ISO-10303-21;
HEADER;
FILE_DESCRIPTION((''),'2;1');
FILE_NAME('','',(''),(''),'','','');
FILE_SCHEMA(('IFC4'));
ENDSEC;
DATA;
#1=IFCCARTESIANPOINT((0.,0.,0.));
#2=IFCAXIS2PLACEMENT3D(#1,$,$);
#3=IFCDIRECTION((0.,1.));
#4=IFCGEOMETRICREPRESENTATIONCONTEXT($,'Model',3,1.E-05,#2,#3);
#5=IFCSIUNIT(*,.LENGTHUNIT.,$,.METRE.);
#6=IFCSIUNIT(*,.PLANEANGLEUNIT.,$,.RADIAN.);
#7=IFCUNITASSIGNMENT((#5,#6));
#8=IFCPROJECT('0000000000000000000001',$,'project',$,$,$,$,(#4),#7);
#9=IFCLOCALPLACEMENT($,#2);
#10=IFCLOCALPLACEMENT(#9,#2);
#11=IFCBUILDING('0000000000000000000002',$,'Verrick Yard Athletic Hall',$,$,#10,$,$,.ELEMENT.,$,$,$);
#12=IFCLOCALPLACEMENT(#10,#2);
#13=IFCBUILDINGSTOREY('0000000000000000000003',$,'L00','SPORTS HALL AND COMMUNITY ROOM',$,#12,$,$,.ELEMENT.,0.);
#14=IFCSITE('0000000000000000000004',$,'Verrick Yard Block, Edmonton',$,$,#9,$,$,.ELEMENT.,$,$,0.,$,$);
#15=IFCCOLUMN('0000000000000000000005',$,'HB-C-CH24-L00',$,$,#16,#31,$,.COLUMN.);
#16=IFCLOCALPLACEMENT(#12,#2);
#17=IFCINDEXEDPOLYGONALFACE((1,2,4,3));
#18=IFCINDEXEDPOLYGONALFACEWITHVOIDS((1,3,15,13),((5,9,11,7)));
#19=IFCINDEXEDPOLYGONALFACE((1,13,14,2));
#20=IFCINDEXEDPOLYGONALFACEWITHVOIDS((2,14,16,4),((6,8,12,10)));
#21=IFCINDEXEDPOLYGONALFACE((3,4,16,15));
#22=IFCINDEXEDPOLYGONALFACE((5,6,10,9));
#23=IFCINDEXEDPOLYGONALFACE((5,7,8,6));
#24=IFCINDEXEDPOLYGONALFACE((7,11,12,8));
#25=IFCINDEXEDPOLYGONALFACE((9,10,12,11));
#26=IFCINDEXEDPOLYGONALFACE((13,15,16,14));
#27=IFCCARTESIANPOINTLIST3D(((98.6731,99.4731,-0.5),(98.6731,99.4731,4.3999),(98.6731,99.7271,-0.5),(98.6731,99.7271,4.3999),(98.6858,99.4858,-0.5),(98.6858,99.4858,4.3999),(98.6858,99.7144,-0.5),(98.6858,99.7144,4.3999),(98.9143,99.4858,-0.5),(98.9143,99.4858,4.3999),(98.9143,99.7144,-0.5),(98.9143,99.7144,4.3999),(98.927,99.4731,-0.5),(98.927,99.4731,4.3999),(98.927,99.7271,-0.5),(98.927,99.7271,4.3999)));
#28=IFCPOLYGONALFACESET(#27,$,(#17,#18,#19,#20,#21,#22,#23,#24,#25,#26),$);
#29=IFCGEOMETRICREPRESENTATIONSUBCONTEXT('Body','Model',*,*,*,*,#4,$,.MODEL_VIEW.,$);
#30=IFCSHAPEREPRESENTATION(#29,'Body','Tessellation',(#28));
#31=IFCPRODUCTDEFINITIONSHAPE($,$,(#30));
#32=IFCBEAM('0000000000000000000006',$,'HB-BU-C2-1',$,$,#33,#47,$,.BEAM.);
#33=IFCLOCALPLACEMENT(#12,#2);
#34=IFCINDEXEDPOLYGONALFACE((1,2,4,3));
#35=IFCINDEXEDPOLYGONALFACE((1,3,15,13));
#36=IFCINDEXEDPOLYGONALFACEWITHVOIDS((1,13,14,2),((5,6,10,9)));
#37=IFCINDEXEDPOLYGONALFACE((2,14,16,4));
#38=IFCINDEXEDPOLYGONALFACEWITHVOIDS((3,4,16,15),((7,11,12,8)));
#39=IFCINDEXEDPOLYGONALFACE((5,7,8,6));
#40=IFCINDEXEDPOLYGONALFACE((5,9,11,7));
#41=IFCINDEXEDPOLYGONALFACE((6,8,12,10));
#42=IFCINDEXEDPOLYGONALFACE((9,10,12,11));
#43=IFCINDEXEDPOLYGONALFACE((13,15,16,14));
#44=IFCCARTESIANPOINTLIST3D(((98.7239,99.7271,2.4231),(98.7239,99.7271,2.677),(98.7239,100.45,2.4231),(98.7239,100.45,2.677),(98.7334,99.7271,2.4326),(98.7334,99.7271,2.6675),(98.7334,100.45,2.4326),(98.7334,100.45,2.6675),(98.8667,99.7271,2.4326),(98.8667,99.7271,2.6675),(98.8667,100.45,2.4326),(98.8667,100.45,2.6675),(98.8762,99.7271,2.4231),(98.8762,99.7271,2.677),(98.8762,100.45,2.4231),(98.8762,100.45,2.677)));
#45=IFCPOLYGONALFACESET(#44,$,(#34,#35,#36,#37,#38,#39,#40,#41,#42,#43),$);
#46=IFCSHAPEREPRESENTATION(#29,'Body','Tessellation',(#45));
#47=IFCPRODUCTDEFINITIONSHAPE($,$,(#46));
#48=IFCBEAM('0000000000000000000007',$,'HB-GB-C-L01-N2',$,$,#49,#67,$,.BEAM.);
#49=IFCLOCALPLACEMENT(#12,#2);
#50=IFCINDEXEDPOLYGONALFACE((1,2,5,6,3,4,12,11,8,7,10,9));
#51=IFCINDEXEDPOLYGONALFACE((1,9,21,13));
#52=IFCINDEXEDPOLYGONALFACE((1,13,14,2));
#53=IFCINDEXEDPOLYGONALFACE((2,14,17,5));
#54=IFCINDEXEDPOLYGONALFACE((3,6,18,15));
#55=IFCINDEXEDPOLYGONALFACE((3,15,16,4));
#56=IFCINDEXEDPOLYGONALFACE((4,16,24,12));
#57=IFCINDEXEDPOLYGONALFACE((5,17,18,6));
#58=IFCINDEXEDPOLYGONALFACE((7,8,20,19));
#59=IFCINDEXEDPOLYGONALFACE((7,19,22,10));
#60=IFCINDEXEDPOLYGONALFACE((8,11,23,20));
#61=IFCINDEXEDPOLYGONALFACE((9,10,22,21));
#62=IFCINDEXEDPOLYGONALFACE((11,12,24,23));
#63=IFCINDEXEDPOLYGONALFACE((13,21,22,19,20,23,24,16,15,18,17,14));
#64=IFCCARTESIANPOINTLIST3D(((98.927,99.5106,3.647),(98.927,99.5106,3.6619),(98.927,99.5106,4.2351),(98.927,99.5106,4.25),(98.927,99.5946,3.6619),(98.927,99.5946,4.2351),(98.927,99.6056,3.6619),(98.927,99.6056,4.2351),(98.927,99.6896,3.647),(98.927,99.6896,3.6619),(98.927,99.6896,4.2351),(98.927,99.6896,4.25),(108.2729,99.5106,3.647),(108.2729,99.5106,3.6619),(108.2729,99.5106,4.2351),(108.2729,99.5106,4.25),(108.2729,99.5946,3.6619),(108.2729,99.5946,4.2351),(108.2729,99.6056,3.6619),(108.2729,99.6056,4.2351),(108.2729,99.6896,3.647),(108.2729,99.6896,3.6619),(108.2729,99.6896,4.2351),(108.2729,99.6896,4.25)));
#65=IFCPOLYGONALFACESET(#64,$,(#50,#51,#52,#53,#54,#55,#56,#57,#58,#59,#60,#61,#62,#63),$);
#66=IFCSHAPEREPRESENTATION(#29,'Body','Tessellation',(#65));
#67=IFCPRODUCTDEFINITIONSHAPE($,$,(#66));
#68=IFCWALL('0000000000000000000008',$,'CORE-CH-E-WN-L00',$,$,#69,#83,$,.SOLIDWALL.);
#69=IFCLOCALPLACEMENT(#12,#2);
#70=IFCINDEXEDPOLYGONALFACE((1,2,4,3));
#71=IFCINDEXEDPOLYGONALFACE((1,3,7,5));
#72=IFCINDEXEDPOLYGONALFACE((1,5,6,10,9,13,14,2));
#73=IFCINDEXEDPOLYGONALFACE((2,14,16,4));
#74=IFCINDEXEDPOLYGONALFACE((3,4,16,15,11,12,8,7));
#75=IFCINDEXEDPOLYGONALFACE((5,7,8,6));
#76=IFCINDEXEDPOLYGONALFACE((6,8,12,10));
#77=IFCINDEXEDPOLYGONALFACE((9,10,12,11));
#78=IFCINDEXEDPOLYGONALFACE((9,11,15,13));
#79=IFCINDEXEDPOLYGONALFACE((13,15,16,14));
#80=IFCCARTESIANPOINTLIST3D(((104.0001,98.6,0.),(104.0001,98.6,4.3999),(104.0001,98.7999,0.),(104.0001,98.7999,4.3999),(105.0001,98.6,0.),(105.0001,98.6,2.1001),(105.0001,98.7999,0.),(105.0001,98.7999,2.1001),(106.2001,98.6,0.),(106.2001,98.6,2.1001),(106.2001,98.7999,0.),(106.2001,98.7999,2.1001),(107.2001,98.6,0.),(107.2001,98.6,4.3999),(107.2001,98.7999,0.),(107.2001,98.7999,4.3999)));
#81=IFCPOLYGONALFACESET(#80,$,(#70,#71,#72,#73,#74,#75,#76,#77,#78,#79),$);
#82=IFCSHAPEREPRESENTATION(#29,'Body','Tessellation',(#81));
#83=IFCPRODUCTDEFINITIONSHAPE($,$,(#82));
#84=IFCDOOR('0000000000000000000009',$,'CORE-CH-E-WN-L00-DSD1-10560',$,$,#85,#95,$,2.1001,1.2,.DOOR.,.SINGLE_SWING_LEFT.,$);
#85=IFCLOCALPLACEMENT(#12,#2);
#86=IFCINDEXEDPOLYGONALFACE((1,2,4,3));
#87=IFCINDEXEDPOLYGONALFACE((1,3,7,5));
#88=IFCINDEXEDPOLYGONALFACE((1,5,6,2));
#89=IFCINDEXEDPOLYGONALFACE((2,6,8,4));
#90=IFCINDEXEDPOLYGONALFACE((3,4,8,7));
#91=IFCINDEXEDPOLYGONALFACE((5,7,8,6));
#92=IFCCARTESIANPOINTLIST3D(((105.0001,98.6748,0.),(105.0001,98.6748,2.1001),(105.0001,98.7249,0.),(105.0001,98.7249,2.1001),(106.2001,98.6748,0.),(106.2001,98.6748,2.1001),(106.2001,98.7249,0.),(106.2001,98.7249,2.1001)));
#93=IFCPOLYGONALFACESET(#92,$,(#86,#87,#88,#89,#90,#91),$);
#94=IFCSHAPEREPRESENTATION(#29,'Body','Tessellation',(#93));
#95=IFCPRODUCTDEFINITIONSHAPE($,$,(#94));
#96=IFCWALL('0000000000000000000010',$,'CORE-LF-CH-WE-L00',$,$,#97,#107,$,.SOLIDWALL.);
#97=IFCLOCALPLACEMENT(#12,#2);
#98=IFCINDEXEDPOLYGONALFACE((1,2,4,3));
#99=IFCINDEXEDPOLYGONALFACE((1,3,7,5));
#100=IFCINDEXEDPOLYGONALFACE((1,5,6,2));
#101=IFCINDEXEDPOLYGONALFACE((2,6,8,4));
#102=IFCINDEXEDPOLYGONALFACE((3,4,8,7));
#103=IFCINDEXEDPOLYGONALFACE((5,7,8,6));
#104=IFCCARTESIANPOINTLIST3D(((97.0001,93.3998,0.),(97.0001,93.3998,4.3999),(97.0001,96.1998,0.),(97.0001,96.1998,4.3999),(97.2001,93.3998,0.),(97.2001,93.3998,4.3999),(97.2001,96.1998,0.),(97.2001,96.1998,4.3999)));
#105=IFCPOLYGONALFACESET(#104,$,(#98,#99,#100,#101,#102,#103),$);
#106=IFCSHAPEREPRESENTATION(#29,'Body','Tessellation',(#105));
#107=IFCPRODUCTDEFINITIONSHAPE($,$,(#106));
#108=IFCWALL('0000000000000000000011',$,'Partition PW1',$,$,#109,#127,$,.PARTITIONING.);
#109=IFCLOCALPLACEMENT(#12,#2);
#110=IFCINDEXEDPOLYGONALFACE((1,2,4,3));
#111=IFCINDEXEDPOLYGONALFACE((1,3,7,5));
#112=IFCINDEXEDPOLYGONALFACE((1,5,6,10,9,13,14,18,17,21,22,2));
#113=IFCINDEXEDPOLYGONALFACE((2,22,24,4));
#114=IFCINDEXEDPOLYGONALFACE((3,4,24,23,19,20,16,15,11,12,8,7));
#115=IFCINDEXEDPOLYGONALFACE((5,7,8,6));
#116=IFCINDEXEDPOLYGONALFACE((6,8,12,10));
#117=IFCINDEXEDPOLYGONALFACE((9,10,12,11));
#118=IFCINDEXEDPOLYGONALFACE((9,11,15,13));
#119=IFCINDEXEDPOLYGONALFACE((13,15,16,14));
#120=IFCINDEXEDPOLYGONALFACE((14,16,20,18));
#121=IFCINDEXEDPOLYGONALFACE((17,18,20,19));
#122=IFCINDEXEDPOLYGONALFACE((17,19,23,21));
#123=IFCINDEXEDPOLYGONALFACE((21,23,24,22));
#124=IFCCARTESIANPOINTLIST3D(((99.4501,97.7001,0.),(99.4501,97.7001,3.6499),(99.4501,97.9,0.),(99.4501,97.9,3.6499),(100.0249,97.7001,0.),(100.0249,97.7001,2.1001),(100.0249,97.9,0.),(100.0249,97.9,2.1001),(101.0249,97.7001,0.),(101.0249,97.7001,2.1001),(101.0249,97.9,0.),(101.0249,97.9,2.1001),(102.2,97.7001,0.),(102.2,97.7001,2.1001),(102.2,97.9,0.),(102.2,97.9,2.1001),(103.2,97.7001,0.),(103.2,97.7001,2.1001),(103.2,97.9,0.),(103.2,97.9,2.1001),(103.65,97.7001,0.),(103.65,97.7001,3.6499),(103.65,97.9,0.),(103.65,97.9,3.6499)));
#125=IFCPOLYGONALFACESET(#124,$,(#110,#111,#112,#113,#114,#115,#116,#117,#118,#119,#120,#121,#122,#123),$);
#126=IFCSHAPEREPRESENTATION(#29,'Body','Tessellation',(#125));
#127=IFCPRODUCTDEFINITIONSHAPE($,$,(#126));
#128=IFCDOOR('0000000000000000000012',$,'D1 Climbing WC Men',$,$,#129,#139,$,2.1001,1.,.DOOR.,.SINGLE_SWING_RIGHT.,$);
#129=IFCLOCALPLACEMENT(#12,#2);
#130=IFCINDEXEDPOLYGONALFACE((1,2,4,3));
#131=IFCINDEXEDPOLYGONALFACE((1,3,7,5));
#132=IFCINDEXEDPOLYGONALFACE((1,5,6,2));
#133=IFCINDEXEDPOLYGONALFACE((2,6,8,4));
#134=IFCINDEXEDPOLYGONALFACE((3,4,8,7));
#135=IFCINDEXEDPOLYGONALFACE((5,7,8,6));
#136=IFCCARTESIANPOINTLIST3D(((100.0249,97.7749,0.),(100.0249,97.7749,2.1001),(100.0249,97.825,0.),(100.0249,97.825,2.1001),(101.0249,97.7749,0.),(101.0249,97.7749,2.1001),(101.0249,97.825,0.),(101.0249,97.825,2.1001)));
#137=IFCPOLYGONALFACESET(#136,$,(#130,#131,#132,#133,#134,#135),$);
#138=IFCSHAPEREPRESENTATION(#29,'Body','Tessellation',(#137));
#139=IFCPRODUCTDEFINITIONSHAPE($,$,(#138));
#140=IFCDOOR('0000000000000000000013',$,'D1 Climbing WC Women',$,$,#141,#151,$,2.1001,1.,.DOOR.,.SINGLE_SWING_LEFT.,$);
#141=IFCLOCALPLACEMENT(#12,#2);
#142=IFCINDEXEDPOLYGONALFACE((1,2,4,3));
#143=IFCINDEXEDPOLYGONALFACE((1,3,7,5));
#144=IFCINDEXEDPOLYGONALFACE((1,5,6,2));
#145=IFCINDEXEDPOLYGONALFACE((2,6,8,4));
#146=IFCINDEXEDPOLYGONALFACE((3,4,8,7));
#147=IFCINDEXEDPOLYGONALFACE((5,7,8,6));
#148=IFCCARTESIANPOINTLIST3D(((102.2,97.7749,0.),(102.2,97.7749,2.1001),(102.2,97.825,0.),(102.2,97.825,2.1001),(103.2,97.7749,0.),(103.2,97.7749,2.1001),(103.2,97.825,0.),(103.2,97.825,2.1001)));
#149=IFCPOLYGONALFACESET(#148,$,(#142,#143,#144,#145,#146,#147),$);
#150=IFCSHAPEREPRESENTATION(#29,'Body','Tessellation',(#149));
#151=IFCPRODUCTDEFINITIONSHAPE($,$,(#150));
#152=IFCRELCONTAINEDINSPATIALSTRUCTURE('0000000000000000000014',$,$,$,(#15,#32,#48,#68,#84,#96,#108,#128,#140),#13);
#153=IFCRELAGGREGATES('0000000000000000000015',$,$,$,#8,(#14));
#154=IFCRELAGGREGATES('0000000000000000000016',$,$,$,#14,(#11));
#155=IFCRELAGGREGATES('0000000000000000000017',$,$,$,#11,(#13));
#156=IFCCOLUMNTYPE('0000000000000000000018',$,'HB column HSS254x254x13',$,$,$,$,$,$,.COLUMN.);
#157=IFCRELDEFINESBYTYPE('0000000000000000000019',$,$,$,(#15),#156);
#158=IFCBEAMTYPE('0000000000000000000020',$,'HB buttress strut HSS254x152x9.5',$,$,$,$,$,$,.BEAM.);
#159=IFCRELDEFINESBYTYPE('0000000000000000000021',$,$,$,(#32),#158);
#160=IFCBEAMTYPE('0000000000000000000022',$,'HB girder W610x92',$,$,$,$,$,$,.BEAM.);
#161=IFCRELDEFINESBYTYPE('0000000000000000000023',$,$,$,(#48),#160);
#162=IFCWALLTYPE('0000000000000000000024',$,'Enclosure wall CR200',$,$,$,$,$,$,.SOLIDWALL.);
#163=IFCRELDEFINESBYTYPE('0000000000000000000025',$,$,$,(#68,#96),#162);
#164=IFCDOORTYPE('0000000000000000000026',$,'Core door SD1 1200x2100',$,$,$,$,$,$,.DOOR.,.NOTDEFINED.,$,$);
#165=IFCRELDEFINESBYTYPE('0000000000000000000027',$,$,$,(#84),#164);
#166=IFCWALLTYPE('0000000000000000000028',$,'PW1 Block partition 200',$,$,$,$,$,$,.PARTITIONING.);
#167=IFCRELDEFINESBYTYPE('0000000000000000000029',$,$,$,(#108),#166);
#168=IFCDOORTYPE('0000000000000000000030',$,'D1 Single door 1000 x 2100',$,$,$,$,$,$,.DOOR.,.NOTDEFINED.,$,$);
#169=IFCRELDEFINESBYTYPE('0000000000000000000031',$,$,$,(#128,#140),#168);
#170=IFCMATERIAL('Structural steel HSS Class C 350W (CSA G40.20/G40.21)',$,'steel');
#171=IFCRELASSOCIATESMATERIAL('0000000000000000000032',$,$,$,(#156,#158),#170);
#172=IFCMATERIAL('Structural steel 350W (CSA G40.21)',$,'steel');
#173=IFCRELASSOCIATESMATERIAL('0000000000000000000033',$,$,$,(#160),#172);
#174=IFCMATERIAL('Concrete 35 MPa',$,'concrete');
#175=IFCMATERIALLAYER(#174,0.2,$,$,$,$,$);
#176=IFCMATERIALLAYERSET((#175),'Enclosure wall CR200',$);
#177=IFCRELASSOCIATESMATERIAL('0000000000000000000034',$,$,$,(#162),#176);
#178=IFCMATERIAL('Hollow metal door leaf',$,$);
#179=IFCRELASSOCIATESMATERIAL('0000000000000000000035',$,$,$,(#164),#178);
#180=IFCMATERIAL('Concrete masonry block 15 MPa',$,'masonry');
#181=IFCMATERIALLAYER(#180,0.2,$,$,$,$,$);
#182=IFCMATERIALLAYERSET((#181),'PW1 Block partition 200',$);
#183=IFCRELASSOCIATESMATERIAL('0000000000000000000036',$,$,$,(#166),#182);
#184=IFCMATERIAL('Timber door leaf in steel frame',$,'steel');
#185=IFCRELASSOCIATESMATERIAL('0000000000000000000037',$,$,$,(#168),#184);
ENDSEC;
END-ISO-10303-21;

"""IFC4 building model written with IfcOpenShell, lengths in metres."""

from ifc_helpers import new_model, si_unit, direction, frame, frame_2d, origin, origin_2d, place, context, subcontext, project, spatial, rectangle, hollow_rectangle, i_section, extrude, material, layer, layer_set, material_profile, profile_set, type_object, element, fill, save


model = new_model("IFC4")

# Units and contexts
model_context = context("Model", 3, precision=1e-05, world=origin(), true_north=direction((0.0, 1.0)))
body_context = subcontext(model_context, "Body", "Model", "MODEL_VIEW")
ifc_project = project(units=[si_unit("LENGTHUNIT", "METRE"), si_unit("PLANEANGLEUNIT", "RADIAN")], contexts=[model_context])

# Site, building, storey
site_placement = place(None, origin())
site = spatial("IfcSite", under=ifc_project, at=site_placement, Name="Verrick Yard Block, Edmonton", CompositionType="ELEMENT", RefElevation=0.0)
building_placement = place(site_placement, origin())
building = spatial("IfcBuilding", under=site, at=building_placement, Name="Verrick Yard Athletic Hall", CompositionType="ELEMENT")
storey_placement = place(building_placement, origin())
storey = spatial("IfcBuildingStorey", under=building, at=storey_placement, Name="L00", Description="SPORTS HALL AND COMMUNITY ROOM", CompositionType="ELEMENT", Elevation=0.0)

# Shared definitions
ifc_material_1 = material(Name="Concrete 35 MPa", Category="concrete")

# Column
ifc_material_2 = material(Name="Structural steel HSS Class C 350W (CSA G40.20/G40.21)", Category="steel")
ifc_material_profile_1 = material_profile(ifc_material_2, hollow_rectangle(XDim=0.2539, YDim=0.2539, WallThickness=0.0127, at=origin_2d()), Name="HSS254x254x13")
ifc_profile_set_1 = profile_set([ifc_material_profile_1], Name="Structural steel HSS Class C 350W (CSA G40.20/G40.21)")
column_type = type_object("IfcColumnType", Name="HB column HSS254x254x13", PredefinedType="COLUMN", material=ifc_profile_set_1)
column_placement = place(storey_placement, frame((98.8, 99.6001, -0.5), z_axis=(0.0, 0.0, 1.0), x_axis=(1.0, 0.0, 0.0)))
element("IfcColumn", 1, at=column_placement, inside=storey, type_object=column_type, Name="HB-C-CH24-L00", PredefinedType="COLUMN", context=body_context, shape_type="SweptSolid", body=[
    extrude(hollow_rectangle(XDim=0.2539, YDim=0.2539, WallThickness=0.0127, at=origin_2d()), origin(), (0.0, 0.0, 1.0), 4.8999),
])

# Beams
ifc_material_profile_2 = material_profile(ifc_material_2, hollow_rectangle(XDim=0.1523, YDim=0.2539, WallThickness=0.0095, at=origin_2d()), Name="HSS254x152x9.5")
ifc_profile_set_2 = profile_set([ifc_material_profile_2], Name="Structural steel HSS Class C 350W (CSA G40.20/G40.21)")
beam_type_1 = type_object("IfcBeamType", Name="HB buttress strut HSS254x152x9.5", PredefinedType="BEAM", material=ifc_profile_set_2)
beam_1_placement = place(storey_placement, frame((98.8, 99.7271, 2.55), z_axis=(0.0, 1.0, 0.0), x_axis=(-1.0, 0.0, 0.0)))
element("IfcBeam", 2, at=beam_1_placement, inside=storey, type_object=beam_type_1, Name="HB-BU-C2-1", PredefinedType="BEAM", context=body_context, shape_type="SweptSolid", body=[
    extrude(hollow_rectangle(XDim=0.1523, YDim=0.2539, WallThickness=0.0095, at=origin_2d()), origin(), (0.0, 0.0, 1.0), 0.7229),
])
ifc_material_3 = material(Name="Structural steel 350W (CSA G40.21)", Category="steel")
ifc_material_profile_3 = material_profile(ifc_material_3, i_section(OverallWidth=0.179, OverallDepth=0.603, WebThickness=0.011, FlangeThickness=0.0149, at=origin_2d()), Name="W610x92")
ifc_profile_set_3 = profile_set([ifc_material_profile_3], Name="Structural steel 350W (CSA G40.21)")
beam_type_2 = type_object("IfcBeamType", Name="HB girder W610x92", PredefinedType="BEAM", material=ifc_profile_set_3)
beam_2_placement = place(storey_placement, frame((98.927, 99.6001, 3.9485), z_axis=(1.0, 0.0, 0.0), x_axis=(0.0, 1.0, 0.0)))
element("IfcBeam", 3, at=beam_2_placement, inside=storey, type_object=beam_type_2, Name="HB-GB-C-L01-N2", PredefinedType="BEAM", context=body_context, shape_type="SweptSolid", body=[
    extrude(i_section(OverallWidth=0.179, OverallDepth=0.603, WebThickness=0.011, FlangeThickness=0.0149, at=origin_2d()), origin(), (0.0, 0.0, 1.0), 9.3459),
])

# Wall, opening, door
ifc_layer_1 = layer(ifc_material_1, 0.2)
ifc_layer_set_1 = layer_set([ifc_layer_1], Name="Enclosure wall CR200")
wall_type_1 = type_object("IfcWallType", Name="Enclosure wall CR200", PredefinedType="SOLIDWALL", material=ifc_layer_set_1)
wall_1_placement = place(storey_placement, frame((104.0, 98.7, 0.0), z_axis=(0.0, 0.0, 1.0), x_axis=(1.0, 0.0, 0.0)))
wall_1 = element("IfcWall", 4, at=wall_1_placement, inside=storey, type_object=wall_type_1, Name="CORE-CH-E-WN-L00", PredefinedType="SOLIDWALL", context=body_context, shape_type="SweptSolid", body=[
    extrude(rectangle(XDim=3.2, YDim=0.2, at=frame_2d((1.6001, 0.0))), origin(), (0.0, 0.0, 1.0), 4.3999),
])
opening_1_placement = place(wall_1_placement, frame((1.0, 0.0, 0.0)))
opening_1 = element("IfcOpeningElement", 5, at=opening_1_placement, cuts=wall_1, PredefinedType="OPENING", context=body_context, shape_type="SweptSolid", body=[
    extrude(rectangle(XDim=1.2, YDim=2.1001, at=frame_2d((0.6001, 1.05))), frame((0.0, 0.1099, 0.0), z_axis=(0.0, -1.0, 0.0), x_axis=(1.0, 0.0, 0.0)), (0.0, 0.0, 1.0), 0.22),
])
ifc_material_4 = material(Name="Hollow metal door leaf")
door_type_1 = type_object("IfcDoorType", Name="Core door SD1 1200x2100", OperationType="NOTDEFINED", PredefinedType="DOOR", material=ifc_material_4)
door_1_placement = place(opening_1_placement, origin())
door_1 = element("IfcDoor", 6, at=door_1_placement, inside=storey, type_object=door_type_1, Name="CORE-CH-E-WN-L00-DSD1-10560", OperationType="SINGLE_SWING_LEFT", OverallHeight=2.1001, OverallWidth=1.2, PredefinedType="DOOR", context=body_context, shape_type="SweptSolid", body=[
    extrude(rectangle(XDim=1.2, YDim=2.1001, at=frame_2d((0.6001, 1.05))), frame((0.0, 0.0249, 0.0), z_axis=(0.0, -1.0, 0.0), x_axis=(1.0, 0.0, 0.0)), (0.0, 0.0, 1.0), 0.05),
])
fill(opening_1, door_1)

# Wall
wall_2_placement = place(storey_placement, frame((97.1001, 93.3999, 0.0), z_axis=(0.0, 0.0, 1.0), x_axis=(0.0, 1.0, 0.0)))
element("IfcWall", 7, at=wall_2_placement, inside=storey, type_object=wall_type_1, Name="CORE-LF-CH-WE-L00", PredefinedType="SOLIDWALL", context=body_context, shape_type="SweptSolid", body=[
    extrude(rectangle(XDim=2.8, YDim=0.2, at=frame_2d((1.3999, 0.0))), origin(), (0.0, 0.0, 1.0), 4.3999),
])

# Wall, openings, doors
ifc_material_5 = material(Name="Concrete masonry block 15 MPa", Category="masonry")
ifc_layer_2 = layer(ifc_material_5, 0.2)
ifc_layer_set_2 = layer_set([ifc_layer_2], Name="PW1 Block partition 200")
wall_type_2 = type_object("IfcWallType", Name="PW1 Block partition 200", PredefinedType="PARTITIONING", material=ifc_layer_set_2)
wall_3_placement = place(storey_placement, frame((99.45, 97.8, 0.0), z_axis=(0.0, 0.0, 1.0), x_axis=(1.0, 0.0, 0.0)))
wall_3 = element("IfcWall", 8, at=wall_3_placement, inside=storey, type_object=wall_type_2, Name="Partition PW1", PredefinedType="PARTITIONING", context=body_context, shape_type="SweptSolid", body=[
    extrude(rectangle(XDim=4.2, YDim=0.2, at=frame_2d((2.1001, 0.0))), origin(), (0.0, 0.0, 1.0), 3.6499),
])
opening_2_placement = place(wall_3_placement, frame((0.575, 0.0, 0.0)))
opening_2 = element("IfcOpeningElement", 9, at=opening_2_placement, cuts=wall_3, PredefinedType="OPENING", context=body_context, shape_type="SweptSolid", body=[
    extrude(rectangle(XDim=1.0, YDim=2.1001, at=frame_2d((0.5, 1.05))), frame((0.0, 0.1099, 0.0), z_axis=(0.0, -1.0, 0.0), x_axis=(1.0, 0.0, 0.0)), (0.0, 0.0, 1.0), 0.22),
])
opening_3_placement = place(wall_3_placement, frame((2.75, 0.0, 0.0)))
opening_3 = element("IfcOpeningElement", 10, at=opening_3_placement, cuts=wall_3, PredefinedType="OPENING", context=body_context, shape_type="SweptSolid", body=[
    extrude(rectangle(XDim=1.0, YDim=2.1001, at=frame_2d((0.5, 1.05))), frame((0.0, 0.1099, 0.0), z_axis=(0.0, -1.0, 0.0), x_axis=(1.0, 0.0, 0.0)), (0.0, 0.0, 1.0), 0.22),
])
ifc_material_6 = material(Name="Timber door leaf in steel frame", Category="steel")
door_type_2 = type_object("IfcDoorType", Name="D1 Single door 1000 x 2100", OperationType="NOTDEFINED", PredefinedType="DOOR", material=ifc_material_6)
door_2_placement = place(opening_2_placement, origin())
door_2 = element("IfcDoor", 11, at=door_2_placement, inside=storey, type_object=door_type_2, Name="D1 Climbing WC Men", OperationType="SINGLE_SWING_RIGHT", OverallHeight=2.1001, OverallWidth=1.0, PredefinedType="DOOR", context=body_context, shape_type="SweptSolid", body=[
    extrude(rectangle(XDim=1.0, YDim=2.1001, at=frame_2d((0.5, 1.05))), frame((0.0, 0.0249, 0.0), z_axis=(0.0, -1.0, 0.0), x_axis=(1.0, 0.0, 0.0)), (0.0, 0.0, 1.0), 0.05),
])
fill(opening_2, door_2)
door_3_placement = place(opening_3_placement, origin())
door_3 = element("IfcDoor", 12, at=door_3_placement, inside=storey, type_object=door_type_2, Name="D1 Climbing WC Women", OperationType="SINGLE_SWING_LEFT", OverallHeight=2.1001, OverallWidth=1.0, PredefinedType="DOOR", context=body_context, shape_type="SweptSolid", body=[
    extrude(rectangle(XDim=1.0, YDim=2.1001, at=frame_2d((0.5, 1.05))), frame((0.0, 0.0249, 0.0), z_axis=(0.0, -1.0, 0.0), x_axis=(1.0, 0.0, 0.0)), (0.0, 0.0, 1.0), 0.05),
])
fill(opening_3, door_3)

save(model, "model.ifc")
